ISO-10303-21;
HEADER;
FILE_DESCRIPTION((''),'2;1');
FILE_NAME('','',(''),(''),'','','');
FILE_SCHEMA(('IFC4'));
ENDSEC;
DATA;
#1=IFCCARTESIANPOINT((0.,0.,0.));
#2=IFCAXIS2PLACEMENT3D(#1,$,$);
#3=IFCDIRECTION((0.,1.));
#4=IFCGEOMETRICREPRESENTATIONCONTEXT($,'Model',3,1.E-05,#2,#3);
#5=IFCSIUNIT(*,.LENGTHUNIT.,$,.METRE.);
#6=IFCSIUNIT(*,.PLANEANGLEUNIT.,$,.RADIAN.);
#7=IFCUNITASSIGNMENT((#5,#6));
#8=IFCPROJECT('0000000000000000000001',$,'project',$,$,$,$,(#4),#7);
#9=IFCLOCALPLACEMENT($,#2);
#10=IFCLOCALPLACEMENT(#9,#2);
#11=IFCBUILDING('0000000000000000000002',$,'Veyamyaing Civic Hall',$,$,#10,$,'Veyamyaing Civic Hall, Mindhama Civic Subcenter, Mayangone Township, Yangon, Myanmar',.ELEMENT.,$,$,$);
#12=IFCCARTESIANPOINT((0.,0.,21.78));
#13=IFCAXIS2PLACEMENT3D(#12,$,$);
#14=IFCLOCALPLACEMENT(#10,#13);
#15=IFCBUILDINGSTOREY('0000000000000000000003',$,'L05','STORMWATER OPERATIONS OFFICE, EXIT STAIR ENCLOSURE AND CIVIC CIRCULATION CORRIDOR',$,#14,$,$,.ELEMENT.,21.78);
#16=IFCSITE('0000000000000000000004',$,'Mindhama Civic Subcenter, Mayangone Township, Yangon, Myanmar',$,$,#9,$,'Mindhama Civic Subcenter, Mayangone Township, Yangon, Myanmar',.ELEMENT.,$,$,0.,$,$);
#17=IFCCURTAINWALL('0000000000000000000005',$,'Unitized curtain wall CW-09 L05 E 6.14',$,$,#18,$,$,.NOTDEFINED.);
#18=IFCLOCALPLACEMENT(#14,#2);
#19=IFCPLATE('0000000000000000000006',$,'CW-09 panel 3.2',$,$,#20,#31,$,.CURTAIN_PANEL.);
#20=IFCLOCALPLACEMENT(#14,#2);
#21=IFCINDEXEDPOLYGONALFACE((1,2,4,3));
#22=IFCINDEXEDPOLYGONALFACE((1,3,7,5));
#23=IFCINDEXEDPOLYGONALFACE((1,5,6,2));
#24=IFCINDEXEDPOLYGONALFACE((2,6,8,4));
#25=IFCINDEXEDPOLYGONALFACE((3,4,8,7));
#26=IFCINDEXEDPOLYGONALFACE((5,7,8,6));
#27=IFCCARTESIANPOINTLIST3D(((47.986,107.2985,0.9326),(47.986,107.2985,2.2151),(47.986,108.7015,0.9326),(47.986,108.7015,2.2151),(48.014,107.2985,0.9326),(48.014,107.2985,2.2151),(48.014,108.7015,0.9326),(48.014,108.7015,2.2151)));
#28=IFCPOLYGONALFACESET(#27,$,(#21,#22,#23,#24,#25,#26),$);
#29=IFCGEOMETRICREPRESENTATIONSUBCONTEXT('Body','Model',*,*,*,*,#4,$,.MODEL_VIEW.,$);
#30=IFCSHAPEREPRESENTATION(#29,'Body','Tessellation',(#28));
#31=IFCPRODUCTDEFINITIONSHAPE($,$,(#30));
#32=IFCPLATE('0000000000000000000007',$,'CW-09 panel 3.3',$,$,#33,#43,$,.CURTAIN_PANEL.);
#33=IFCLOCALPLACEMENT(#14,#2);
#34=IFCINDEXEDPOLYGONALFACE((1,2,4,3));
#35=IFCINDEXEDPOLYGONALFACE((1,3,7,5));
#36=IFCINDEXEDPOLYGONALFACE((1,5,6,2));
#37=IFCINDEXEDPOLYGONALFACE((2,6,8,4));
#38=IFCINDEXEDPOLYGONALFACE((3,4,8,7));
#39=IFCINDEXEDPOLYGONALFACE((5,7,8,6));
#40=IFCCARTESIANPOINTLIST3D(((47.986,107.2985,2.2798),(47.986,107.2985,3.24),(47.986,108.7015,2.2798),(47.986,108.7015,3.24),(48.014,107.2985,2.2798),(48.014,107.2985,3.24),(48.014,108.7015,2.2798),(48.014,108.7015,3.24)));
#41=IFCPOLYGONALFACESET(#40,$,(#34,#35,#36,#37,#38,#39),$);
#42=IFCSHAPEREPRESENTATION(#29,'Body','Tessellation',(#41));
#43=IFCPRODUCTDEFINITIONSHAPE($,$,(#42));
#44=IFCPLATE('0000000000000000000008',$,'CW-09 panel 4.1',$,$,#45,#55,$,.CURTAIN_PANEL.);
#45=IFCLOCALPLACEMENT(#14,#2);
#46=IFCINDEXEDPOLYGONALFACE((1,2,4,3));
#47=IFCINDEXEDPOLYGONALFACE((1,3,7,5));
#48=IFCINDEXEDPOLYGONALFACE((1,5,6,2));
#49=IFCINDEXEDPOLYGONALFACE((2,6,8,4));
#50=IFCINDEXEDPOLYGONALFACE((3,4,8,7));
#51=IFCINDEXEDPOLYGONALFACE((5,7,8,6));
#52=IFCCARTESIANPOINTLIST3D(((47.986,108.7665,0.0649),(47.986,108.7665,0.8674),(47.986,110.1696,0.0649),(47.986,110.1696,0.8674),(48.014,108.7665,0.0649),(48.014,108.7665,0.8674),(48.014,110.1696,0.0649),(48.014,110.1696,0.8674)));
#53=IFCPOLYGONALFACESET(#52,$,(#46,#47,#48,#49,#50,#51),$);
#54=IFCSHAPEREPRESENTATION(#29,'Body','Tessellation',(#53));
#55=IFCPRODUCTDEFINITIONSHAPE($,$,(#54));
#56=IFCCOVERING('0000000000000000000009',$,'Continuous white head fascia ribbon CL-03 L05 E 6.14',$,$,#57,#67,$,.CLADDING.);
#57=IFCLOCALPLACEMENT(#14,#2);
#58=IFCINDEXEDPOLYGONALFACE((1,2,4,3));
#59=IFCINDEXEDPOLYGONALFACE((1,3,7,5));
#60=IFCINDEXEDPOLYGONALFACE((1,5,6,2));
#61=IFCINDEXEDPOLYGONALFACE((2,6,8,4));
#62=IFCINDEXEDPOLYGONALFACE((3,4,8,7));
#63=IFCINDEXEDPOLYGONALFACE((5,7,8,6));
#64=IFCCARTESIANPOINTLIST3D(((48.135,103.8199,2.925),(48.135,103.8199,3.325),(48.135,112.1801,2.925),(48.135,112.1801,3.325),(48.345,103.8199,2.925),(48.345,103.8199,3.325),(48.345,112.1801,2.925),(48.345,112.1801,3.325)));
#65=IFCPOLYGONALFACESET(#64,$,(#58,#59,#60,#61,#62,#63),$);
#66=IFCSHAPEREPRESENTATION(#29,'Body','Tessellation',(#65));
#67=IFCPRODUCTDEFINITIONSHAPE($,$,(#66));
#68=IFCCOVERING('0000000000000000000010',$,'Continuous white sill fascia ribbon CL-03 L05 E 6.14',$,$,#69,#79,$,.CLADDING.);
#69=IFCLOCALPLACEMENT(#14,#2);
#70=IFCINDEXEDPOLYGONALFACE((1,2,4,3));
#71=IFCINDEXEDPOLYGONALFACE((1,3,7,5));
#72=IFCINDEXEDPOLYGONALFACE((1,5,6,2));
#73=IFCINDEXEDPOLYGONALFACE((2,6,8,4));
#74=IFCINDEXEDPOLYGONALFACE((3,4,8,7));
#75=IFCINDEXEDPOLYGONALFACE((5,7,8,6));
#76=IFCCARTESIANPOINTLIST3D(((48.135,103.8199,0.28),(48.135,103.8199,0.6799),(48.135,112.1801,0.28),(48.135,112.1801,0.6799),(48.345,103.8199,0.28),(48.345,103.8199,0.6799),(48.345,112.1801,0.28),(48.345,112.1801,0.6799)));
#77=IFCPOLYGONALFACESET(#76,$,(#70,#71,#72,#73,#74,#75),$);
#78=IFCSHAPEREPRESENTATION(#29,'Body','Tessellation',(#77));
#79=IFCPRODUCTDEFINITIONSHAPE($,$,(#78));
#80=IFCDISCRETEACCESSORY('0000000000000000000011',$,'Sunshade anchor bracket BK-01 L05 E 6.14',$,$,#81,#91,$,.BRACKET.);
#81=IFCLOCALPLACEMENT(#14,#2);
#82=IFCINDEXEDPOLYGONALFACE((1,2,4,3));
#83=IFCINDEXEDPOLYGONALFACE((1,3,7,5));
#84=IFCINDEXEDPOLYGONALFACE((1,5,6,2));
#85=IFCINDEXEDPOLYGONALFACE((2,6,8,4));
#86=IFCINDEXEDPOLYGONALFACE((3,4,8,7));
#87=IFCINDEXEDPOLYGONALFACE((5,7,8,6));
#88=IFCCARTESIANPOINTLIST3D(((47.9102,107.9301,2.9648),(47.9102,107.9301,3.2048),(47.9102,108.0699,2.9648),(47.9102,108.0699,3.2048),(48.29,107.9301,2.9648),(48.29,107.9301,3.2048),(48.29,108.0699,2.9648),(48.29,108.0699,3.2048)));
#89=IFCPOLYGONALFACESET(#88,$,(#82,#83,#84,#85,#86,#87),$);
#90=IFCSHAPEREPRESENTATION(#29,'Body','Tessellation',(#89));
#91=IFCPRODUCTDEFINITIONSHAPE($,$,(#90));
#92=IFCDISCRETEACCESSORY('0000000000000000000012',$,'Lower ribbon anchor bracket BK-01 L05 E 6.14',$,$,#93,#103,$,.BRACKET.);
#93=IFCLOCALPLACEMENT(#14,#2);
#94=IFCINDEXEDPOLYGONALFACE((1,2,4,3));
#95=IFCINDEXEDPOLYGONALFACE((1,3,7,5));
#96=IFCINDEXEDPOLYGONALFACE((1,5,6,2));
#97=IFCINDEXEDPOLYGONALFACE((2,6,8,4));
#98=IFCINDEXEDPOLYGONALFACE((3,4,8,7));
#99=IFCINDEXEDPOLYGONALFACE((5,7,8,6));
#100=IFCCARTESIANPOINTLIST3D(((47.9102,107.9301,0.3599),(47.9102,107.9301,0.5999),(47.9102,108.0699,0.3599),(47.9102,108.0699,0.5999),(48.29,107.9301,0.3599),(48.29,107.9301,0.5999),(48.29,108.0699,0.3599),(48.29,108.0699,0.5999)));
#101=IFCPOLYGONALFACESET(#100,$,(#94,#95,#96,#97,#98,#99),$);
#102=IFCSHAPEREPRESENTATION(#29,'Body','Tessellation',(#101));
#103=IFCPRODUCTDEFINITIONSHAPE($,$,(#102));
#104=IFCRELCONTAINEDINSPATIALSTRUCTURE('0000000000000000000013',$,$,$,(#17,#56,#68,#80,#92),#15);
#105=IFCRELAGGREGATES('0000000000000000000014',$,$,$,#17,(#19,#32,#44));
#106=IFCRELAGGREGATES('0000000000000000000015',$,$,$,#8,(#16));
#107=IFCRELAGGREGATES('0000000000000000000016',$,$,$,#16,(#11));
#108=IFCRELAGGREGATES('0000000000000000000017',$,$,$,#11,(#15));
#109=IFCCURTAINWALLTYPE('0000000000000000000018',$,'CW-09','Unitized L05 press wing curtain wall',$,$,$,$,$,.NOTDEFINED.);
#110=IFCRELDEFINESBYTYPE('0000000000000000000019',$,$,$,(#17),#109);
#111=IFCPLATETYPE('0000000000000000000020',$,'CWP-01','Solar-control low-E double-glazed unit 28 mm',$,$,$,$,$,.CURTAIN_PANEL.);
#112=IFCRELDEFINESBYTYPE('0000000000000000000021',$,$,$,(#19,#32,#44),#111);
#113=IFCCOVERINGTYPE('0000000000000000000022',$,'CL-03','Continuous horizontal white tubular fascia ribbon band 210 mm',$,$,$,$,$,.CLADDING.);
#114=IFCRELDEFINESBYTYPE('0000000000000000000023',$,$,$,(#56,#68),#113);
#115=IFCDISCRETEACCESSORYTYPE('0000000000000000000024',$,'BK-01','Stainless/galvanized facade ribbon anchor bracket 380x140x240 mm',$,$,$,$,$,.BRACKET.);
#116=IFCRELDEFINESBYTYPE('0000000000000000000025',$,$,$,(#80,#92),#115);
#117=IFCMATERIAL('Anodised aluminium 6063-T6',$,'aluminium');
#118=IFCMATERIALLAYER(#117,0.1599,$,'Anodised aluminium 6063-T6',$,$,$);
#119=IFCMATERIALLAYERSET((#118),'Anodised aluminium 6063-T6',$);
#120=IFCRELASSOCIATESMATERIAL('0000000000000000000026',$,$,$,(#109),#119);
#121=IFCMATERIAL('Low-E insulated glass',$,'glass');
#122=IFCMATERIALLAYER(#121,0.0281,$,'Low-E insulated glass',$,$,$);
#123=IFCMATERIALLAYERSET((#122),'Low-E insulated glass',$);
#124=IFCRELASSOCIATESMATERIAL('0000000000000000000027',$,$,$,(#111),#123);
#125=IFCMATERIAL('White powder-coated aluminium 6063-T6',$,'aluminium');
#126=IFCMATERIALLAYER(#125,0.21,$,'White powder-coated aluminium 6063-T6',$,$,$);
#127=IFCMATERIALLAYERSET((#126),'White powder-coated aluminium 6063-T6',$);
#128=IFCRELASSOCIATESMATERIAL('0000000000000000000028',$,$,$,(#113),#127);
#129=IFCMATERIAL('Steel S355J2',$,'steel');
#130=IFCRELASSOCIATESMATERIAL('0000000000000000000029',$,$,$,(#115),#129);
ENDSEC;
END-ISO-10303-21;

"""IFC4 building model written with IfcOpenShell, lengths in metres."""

from ifc_helpers import new_model, si_unit, direction, frame, origin, origin_2d, place, context, subcontext, project, spatial, rectangle, extrude, material, layer, layer_set, type_object, element, aggregate, save


model = new_model("IFC4")

# Units and contexts
model_context = context("Model", 3, precision=1e-05, world=origin(), true_north=direction((0.0, 1.0)))
body_context = subcontext(model_context, "Body", "Model", "MODEL_VIEW")
ifc_project = project(units=[si_unit("LENGTHUNIT", "METRE"), si_unit("PLANEANGLEUNIT", "RADIAN")], contexts=[model_context])

# Site, building, storey
site_placement = place(None, origin())
site = spatial("IfcSite", under=ifc_project, at=site_placement, Name="Mindhama Civic Subcenter, Mayangone Township, Yangon, Myanmar", LongName="Mindhama Civic Subcenter, Mayangone Township, Yangon, Myanmar", CompositionType="ELEMENT", RefElevation=0.0)
building_placement = place(site_placement, origin())
building = spatial("IfcBuilding", under=site, at=building_placement, Name="Veyamyaing Civic Hall", LongName="Veyamyaing Civic Hall, Mindhama Civic Subcenter, Mayangone Township, Yangon, Myanmar", CompositionType="ELEMENT")
storey_placement = place(building_placement, frame((0.0, 0.0, 21.78)))
storey = spatial("IfcBuildingStorey", under=building, at=storey_placement, Name="L05", Description="STORMWATER OPERATIONS OFFICE, EXIT STAIR ENCLOSURE AND CIVIC CIRCULATION CORRIDOR", CompositionType="ELEMENT", Elevation=21.78)

# Curtain wall, plates
ifc_material_1 = material(Name="Anodised aluminium 6063-T6", Category="aluminium")
ifc_layer_1 = layer(ifc_material_1, 0.1599, Name="Anodised aluminium 6063-T6")
ifc_layer_set_1 = layer_set([ifc_layer_1], Name="Anodised aluminium 6063-T6")
curtain_wall_type = type_object("IfcCurtainWallType", Name="CW-09", Description="Unitized L05 press wing curtain wall", PredefinedType="NOTDEFINED", material=ifc_layer_set_1)
curtain_wall_placement = place(storey_placement, origin())
curtain_wall = element("IfcCurtainWall", 1, at=curtain_wall_placement, inside=storey, type_object=curtain_wall_type, Name="Unitized curtain wall CW-09 L05 E 6.14", PredefinedType="NOTDEFINED")
ifc_material_2 = material(Name="Low-E insulated glass", Category="glass")
ifc_layer_2 = layer(ifc_material_2, 0.0281, Name="Low-E insulated glass")
ifc_layer_set_2 = layer_set([ifc_layer_2], Name="Low-E insulated glass")
plate_type = type_object("IfcPlateType", Name="CWP-01", Description="Solar-control low-E double-glazed unit 28 mm", PredefinedType="CURTAIN_PANEL", material=ifc_layer_set_2)
plate_1_placement = place(storey_placement, frame((48.0, 108.0, 0.9326), z_axis=(0.0, 0.0, 1.0), x_axis=(0.0, 1.0, 0.0)))
plate_1 = element("IfcPlate", 2, at=plate_1_placement, type_object=plate_type, Name="CW-09 panel 3.2", PredefinedType="CURTAIN_PANEL", context=body_context, shape_type="SweptSolid", body=[
    extrude(rectangle(XDim=1.4031, YDim=0.0281, at=origin_2d()), origin(), (0.0, 0.0, 1.0), 1.2825),
])
plate_2_placement = place(storey_placement, frame((48.0, 108.0, 2.2798), z_axis=(0.0, 0.0, 1.0), x_axis=(0.0, 1.0, 0.0)))
plate_2 = element("IfcPlate", 3, at=plate_2_placement, type_object=plate_type, Name="CW-09 panel 3.3", PredefinedType="CURTAIN_PANEL", context=body_context, shape_type="SweptSolid", body=[
    extrude(rectangle(XDim=1.4031, YDim=0.0281, at=origin_2d()), origin(), (0.0, 0.0, 1.0), 0.9602),
])
plate_3_placement = place(storey_placement, frame((48.0, 109.468, 0.0649), z_axis=(0.0, 0.0, 1.0), x_axis=(0.0, 1.0, 0.0)))
plate_3 = element("IfcPlate", 4, at=plate_3_placement, type_object=plate_type, Name="CW-09 panel 4.1", PredefinedType="CURTAIN_PANEL", context=body_context, shape_type="SweptSolid", body=[
    extrude(rectangle(XDim=1.4031, YDim=0.0281, at=origin_2d()), origin(), (0.0, 0.0, 1.0), 0.8025),
])
aggregate(curtain_wall, [plate_1, plate_2, plate_3])

# Coverings
ifc_material_3 = material(Name="White powder-coated aluminium 6063-T6", Category="aluminium")
ifc_layer_3 = layer(ifc_material_3, 0.21, Name="White powder-coated aluminium 6063-T6")
ifc_layer_set_3 = layer_set([ifc_layer_3], Name="White powder-coated aluminium 6063-T6")
covering_type = type_object("IfcCoveringType", Name="CL-03", Description="Continuous horizontal white tubular fascia ribbon band 210 mm", PredefinedType="CLADDING", material=ifc_layer_set_3)
for number, where, z_axis, x_axis, name in (
    (5, (48.24, 108.0, 2.925), (0.0, 0.0, 1.0), (0.0, 1.0, 0.0), "Continuous white head fascia ribbon CL-03 L05 E 6.14"),
    (6, (48.24, 108.0, 0.28), (0.0, 0.0, 1.0), (0.0, 1.0, 0.0), "Continuous white sill fascia ribbon CL-03 L05 E 6.14"),
):
    element("IfcCovering", number, at=place(storey_placement, frame(where, z_axis=z_axis, x_axis=x_axis)), inside=storey, type_object=covering_type, Name=name, PredefinedType="CLADDING", context=body_context, shape_type="SweptSolid", body=[
        extrude(rectangle(XDim=8.3601, YDim=0.21, at=origin_2d()), origin(), (0.0, 0.0, 1.0), 0.3999),
    ])

# Discrete accessories
ifc_material_4 = material(Name="Steel S355J2", Category="steel")
discrete_accessory_type = type_object("IfcDiscreteAccessoryType", Name="BK-01", Description="Stainless/galvanized facade ribbon anchor bracket 380x140x240 mm", PredefinedType="BRACKET", material=ifc_material_4)
for number, where, z_axis, x_axis, name in (
    (7, (48.1001, 108.0, 2.9648), (0.0, 0.0, 1.0), (1.0, 0.0, 0.0), "Sunshade anchor bracket BK-01 L05 E 6.14"),
    (8, (48.1001, 108.0, 0.3599), (0.0, 0.0, 1.0), (1.0, 0.0, 0.0), "Lower ribbon anchor bracket BK-01 L05 E 6.14"),
):
    element("IfcDiscreteAccessory", number, at=place(storey_placement, frame(where, z_axis=z_axis, x_axis=x_axis)), inside=storey, type_object=discrete_accessory_type, Name=name, PredefinedType="BRACKET", context=body_context, shape_type="SweptSolid", body=[
        extrude(rectangle(XDim=0.3799, YDim=0.1399, at=origin_2d()), origin(), (0.0, 0.0, 1.0), 0.24),
    ])

save(model, "model.ifc")
